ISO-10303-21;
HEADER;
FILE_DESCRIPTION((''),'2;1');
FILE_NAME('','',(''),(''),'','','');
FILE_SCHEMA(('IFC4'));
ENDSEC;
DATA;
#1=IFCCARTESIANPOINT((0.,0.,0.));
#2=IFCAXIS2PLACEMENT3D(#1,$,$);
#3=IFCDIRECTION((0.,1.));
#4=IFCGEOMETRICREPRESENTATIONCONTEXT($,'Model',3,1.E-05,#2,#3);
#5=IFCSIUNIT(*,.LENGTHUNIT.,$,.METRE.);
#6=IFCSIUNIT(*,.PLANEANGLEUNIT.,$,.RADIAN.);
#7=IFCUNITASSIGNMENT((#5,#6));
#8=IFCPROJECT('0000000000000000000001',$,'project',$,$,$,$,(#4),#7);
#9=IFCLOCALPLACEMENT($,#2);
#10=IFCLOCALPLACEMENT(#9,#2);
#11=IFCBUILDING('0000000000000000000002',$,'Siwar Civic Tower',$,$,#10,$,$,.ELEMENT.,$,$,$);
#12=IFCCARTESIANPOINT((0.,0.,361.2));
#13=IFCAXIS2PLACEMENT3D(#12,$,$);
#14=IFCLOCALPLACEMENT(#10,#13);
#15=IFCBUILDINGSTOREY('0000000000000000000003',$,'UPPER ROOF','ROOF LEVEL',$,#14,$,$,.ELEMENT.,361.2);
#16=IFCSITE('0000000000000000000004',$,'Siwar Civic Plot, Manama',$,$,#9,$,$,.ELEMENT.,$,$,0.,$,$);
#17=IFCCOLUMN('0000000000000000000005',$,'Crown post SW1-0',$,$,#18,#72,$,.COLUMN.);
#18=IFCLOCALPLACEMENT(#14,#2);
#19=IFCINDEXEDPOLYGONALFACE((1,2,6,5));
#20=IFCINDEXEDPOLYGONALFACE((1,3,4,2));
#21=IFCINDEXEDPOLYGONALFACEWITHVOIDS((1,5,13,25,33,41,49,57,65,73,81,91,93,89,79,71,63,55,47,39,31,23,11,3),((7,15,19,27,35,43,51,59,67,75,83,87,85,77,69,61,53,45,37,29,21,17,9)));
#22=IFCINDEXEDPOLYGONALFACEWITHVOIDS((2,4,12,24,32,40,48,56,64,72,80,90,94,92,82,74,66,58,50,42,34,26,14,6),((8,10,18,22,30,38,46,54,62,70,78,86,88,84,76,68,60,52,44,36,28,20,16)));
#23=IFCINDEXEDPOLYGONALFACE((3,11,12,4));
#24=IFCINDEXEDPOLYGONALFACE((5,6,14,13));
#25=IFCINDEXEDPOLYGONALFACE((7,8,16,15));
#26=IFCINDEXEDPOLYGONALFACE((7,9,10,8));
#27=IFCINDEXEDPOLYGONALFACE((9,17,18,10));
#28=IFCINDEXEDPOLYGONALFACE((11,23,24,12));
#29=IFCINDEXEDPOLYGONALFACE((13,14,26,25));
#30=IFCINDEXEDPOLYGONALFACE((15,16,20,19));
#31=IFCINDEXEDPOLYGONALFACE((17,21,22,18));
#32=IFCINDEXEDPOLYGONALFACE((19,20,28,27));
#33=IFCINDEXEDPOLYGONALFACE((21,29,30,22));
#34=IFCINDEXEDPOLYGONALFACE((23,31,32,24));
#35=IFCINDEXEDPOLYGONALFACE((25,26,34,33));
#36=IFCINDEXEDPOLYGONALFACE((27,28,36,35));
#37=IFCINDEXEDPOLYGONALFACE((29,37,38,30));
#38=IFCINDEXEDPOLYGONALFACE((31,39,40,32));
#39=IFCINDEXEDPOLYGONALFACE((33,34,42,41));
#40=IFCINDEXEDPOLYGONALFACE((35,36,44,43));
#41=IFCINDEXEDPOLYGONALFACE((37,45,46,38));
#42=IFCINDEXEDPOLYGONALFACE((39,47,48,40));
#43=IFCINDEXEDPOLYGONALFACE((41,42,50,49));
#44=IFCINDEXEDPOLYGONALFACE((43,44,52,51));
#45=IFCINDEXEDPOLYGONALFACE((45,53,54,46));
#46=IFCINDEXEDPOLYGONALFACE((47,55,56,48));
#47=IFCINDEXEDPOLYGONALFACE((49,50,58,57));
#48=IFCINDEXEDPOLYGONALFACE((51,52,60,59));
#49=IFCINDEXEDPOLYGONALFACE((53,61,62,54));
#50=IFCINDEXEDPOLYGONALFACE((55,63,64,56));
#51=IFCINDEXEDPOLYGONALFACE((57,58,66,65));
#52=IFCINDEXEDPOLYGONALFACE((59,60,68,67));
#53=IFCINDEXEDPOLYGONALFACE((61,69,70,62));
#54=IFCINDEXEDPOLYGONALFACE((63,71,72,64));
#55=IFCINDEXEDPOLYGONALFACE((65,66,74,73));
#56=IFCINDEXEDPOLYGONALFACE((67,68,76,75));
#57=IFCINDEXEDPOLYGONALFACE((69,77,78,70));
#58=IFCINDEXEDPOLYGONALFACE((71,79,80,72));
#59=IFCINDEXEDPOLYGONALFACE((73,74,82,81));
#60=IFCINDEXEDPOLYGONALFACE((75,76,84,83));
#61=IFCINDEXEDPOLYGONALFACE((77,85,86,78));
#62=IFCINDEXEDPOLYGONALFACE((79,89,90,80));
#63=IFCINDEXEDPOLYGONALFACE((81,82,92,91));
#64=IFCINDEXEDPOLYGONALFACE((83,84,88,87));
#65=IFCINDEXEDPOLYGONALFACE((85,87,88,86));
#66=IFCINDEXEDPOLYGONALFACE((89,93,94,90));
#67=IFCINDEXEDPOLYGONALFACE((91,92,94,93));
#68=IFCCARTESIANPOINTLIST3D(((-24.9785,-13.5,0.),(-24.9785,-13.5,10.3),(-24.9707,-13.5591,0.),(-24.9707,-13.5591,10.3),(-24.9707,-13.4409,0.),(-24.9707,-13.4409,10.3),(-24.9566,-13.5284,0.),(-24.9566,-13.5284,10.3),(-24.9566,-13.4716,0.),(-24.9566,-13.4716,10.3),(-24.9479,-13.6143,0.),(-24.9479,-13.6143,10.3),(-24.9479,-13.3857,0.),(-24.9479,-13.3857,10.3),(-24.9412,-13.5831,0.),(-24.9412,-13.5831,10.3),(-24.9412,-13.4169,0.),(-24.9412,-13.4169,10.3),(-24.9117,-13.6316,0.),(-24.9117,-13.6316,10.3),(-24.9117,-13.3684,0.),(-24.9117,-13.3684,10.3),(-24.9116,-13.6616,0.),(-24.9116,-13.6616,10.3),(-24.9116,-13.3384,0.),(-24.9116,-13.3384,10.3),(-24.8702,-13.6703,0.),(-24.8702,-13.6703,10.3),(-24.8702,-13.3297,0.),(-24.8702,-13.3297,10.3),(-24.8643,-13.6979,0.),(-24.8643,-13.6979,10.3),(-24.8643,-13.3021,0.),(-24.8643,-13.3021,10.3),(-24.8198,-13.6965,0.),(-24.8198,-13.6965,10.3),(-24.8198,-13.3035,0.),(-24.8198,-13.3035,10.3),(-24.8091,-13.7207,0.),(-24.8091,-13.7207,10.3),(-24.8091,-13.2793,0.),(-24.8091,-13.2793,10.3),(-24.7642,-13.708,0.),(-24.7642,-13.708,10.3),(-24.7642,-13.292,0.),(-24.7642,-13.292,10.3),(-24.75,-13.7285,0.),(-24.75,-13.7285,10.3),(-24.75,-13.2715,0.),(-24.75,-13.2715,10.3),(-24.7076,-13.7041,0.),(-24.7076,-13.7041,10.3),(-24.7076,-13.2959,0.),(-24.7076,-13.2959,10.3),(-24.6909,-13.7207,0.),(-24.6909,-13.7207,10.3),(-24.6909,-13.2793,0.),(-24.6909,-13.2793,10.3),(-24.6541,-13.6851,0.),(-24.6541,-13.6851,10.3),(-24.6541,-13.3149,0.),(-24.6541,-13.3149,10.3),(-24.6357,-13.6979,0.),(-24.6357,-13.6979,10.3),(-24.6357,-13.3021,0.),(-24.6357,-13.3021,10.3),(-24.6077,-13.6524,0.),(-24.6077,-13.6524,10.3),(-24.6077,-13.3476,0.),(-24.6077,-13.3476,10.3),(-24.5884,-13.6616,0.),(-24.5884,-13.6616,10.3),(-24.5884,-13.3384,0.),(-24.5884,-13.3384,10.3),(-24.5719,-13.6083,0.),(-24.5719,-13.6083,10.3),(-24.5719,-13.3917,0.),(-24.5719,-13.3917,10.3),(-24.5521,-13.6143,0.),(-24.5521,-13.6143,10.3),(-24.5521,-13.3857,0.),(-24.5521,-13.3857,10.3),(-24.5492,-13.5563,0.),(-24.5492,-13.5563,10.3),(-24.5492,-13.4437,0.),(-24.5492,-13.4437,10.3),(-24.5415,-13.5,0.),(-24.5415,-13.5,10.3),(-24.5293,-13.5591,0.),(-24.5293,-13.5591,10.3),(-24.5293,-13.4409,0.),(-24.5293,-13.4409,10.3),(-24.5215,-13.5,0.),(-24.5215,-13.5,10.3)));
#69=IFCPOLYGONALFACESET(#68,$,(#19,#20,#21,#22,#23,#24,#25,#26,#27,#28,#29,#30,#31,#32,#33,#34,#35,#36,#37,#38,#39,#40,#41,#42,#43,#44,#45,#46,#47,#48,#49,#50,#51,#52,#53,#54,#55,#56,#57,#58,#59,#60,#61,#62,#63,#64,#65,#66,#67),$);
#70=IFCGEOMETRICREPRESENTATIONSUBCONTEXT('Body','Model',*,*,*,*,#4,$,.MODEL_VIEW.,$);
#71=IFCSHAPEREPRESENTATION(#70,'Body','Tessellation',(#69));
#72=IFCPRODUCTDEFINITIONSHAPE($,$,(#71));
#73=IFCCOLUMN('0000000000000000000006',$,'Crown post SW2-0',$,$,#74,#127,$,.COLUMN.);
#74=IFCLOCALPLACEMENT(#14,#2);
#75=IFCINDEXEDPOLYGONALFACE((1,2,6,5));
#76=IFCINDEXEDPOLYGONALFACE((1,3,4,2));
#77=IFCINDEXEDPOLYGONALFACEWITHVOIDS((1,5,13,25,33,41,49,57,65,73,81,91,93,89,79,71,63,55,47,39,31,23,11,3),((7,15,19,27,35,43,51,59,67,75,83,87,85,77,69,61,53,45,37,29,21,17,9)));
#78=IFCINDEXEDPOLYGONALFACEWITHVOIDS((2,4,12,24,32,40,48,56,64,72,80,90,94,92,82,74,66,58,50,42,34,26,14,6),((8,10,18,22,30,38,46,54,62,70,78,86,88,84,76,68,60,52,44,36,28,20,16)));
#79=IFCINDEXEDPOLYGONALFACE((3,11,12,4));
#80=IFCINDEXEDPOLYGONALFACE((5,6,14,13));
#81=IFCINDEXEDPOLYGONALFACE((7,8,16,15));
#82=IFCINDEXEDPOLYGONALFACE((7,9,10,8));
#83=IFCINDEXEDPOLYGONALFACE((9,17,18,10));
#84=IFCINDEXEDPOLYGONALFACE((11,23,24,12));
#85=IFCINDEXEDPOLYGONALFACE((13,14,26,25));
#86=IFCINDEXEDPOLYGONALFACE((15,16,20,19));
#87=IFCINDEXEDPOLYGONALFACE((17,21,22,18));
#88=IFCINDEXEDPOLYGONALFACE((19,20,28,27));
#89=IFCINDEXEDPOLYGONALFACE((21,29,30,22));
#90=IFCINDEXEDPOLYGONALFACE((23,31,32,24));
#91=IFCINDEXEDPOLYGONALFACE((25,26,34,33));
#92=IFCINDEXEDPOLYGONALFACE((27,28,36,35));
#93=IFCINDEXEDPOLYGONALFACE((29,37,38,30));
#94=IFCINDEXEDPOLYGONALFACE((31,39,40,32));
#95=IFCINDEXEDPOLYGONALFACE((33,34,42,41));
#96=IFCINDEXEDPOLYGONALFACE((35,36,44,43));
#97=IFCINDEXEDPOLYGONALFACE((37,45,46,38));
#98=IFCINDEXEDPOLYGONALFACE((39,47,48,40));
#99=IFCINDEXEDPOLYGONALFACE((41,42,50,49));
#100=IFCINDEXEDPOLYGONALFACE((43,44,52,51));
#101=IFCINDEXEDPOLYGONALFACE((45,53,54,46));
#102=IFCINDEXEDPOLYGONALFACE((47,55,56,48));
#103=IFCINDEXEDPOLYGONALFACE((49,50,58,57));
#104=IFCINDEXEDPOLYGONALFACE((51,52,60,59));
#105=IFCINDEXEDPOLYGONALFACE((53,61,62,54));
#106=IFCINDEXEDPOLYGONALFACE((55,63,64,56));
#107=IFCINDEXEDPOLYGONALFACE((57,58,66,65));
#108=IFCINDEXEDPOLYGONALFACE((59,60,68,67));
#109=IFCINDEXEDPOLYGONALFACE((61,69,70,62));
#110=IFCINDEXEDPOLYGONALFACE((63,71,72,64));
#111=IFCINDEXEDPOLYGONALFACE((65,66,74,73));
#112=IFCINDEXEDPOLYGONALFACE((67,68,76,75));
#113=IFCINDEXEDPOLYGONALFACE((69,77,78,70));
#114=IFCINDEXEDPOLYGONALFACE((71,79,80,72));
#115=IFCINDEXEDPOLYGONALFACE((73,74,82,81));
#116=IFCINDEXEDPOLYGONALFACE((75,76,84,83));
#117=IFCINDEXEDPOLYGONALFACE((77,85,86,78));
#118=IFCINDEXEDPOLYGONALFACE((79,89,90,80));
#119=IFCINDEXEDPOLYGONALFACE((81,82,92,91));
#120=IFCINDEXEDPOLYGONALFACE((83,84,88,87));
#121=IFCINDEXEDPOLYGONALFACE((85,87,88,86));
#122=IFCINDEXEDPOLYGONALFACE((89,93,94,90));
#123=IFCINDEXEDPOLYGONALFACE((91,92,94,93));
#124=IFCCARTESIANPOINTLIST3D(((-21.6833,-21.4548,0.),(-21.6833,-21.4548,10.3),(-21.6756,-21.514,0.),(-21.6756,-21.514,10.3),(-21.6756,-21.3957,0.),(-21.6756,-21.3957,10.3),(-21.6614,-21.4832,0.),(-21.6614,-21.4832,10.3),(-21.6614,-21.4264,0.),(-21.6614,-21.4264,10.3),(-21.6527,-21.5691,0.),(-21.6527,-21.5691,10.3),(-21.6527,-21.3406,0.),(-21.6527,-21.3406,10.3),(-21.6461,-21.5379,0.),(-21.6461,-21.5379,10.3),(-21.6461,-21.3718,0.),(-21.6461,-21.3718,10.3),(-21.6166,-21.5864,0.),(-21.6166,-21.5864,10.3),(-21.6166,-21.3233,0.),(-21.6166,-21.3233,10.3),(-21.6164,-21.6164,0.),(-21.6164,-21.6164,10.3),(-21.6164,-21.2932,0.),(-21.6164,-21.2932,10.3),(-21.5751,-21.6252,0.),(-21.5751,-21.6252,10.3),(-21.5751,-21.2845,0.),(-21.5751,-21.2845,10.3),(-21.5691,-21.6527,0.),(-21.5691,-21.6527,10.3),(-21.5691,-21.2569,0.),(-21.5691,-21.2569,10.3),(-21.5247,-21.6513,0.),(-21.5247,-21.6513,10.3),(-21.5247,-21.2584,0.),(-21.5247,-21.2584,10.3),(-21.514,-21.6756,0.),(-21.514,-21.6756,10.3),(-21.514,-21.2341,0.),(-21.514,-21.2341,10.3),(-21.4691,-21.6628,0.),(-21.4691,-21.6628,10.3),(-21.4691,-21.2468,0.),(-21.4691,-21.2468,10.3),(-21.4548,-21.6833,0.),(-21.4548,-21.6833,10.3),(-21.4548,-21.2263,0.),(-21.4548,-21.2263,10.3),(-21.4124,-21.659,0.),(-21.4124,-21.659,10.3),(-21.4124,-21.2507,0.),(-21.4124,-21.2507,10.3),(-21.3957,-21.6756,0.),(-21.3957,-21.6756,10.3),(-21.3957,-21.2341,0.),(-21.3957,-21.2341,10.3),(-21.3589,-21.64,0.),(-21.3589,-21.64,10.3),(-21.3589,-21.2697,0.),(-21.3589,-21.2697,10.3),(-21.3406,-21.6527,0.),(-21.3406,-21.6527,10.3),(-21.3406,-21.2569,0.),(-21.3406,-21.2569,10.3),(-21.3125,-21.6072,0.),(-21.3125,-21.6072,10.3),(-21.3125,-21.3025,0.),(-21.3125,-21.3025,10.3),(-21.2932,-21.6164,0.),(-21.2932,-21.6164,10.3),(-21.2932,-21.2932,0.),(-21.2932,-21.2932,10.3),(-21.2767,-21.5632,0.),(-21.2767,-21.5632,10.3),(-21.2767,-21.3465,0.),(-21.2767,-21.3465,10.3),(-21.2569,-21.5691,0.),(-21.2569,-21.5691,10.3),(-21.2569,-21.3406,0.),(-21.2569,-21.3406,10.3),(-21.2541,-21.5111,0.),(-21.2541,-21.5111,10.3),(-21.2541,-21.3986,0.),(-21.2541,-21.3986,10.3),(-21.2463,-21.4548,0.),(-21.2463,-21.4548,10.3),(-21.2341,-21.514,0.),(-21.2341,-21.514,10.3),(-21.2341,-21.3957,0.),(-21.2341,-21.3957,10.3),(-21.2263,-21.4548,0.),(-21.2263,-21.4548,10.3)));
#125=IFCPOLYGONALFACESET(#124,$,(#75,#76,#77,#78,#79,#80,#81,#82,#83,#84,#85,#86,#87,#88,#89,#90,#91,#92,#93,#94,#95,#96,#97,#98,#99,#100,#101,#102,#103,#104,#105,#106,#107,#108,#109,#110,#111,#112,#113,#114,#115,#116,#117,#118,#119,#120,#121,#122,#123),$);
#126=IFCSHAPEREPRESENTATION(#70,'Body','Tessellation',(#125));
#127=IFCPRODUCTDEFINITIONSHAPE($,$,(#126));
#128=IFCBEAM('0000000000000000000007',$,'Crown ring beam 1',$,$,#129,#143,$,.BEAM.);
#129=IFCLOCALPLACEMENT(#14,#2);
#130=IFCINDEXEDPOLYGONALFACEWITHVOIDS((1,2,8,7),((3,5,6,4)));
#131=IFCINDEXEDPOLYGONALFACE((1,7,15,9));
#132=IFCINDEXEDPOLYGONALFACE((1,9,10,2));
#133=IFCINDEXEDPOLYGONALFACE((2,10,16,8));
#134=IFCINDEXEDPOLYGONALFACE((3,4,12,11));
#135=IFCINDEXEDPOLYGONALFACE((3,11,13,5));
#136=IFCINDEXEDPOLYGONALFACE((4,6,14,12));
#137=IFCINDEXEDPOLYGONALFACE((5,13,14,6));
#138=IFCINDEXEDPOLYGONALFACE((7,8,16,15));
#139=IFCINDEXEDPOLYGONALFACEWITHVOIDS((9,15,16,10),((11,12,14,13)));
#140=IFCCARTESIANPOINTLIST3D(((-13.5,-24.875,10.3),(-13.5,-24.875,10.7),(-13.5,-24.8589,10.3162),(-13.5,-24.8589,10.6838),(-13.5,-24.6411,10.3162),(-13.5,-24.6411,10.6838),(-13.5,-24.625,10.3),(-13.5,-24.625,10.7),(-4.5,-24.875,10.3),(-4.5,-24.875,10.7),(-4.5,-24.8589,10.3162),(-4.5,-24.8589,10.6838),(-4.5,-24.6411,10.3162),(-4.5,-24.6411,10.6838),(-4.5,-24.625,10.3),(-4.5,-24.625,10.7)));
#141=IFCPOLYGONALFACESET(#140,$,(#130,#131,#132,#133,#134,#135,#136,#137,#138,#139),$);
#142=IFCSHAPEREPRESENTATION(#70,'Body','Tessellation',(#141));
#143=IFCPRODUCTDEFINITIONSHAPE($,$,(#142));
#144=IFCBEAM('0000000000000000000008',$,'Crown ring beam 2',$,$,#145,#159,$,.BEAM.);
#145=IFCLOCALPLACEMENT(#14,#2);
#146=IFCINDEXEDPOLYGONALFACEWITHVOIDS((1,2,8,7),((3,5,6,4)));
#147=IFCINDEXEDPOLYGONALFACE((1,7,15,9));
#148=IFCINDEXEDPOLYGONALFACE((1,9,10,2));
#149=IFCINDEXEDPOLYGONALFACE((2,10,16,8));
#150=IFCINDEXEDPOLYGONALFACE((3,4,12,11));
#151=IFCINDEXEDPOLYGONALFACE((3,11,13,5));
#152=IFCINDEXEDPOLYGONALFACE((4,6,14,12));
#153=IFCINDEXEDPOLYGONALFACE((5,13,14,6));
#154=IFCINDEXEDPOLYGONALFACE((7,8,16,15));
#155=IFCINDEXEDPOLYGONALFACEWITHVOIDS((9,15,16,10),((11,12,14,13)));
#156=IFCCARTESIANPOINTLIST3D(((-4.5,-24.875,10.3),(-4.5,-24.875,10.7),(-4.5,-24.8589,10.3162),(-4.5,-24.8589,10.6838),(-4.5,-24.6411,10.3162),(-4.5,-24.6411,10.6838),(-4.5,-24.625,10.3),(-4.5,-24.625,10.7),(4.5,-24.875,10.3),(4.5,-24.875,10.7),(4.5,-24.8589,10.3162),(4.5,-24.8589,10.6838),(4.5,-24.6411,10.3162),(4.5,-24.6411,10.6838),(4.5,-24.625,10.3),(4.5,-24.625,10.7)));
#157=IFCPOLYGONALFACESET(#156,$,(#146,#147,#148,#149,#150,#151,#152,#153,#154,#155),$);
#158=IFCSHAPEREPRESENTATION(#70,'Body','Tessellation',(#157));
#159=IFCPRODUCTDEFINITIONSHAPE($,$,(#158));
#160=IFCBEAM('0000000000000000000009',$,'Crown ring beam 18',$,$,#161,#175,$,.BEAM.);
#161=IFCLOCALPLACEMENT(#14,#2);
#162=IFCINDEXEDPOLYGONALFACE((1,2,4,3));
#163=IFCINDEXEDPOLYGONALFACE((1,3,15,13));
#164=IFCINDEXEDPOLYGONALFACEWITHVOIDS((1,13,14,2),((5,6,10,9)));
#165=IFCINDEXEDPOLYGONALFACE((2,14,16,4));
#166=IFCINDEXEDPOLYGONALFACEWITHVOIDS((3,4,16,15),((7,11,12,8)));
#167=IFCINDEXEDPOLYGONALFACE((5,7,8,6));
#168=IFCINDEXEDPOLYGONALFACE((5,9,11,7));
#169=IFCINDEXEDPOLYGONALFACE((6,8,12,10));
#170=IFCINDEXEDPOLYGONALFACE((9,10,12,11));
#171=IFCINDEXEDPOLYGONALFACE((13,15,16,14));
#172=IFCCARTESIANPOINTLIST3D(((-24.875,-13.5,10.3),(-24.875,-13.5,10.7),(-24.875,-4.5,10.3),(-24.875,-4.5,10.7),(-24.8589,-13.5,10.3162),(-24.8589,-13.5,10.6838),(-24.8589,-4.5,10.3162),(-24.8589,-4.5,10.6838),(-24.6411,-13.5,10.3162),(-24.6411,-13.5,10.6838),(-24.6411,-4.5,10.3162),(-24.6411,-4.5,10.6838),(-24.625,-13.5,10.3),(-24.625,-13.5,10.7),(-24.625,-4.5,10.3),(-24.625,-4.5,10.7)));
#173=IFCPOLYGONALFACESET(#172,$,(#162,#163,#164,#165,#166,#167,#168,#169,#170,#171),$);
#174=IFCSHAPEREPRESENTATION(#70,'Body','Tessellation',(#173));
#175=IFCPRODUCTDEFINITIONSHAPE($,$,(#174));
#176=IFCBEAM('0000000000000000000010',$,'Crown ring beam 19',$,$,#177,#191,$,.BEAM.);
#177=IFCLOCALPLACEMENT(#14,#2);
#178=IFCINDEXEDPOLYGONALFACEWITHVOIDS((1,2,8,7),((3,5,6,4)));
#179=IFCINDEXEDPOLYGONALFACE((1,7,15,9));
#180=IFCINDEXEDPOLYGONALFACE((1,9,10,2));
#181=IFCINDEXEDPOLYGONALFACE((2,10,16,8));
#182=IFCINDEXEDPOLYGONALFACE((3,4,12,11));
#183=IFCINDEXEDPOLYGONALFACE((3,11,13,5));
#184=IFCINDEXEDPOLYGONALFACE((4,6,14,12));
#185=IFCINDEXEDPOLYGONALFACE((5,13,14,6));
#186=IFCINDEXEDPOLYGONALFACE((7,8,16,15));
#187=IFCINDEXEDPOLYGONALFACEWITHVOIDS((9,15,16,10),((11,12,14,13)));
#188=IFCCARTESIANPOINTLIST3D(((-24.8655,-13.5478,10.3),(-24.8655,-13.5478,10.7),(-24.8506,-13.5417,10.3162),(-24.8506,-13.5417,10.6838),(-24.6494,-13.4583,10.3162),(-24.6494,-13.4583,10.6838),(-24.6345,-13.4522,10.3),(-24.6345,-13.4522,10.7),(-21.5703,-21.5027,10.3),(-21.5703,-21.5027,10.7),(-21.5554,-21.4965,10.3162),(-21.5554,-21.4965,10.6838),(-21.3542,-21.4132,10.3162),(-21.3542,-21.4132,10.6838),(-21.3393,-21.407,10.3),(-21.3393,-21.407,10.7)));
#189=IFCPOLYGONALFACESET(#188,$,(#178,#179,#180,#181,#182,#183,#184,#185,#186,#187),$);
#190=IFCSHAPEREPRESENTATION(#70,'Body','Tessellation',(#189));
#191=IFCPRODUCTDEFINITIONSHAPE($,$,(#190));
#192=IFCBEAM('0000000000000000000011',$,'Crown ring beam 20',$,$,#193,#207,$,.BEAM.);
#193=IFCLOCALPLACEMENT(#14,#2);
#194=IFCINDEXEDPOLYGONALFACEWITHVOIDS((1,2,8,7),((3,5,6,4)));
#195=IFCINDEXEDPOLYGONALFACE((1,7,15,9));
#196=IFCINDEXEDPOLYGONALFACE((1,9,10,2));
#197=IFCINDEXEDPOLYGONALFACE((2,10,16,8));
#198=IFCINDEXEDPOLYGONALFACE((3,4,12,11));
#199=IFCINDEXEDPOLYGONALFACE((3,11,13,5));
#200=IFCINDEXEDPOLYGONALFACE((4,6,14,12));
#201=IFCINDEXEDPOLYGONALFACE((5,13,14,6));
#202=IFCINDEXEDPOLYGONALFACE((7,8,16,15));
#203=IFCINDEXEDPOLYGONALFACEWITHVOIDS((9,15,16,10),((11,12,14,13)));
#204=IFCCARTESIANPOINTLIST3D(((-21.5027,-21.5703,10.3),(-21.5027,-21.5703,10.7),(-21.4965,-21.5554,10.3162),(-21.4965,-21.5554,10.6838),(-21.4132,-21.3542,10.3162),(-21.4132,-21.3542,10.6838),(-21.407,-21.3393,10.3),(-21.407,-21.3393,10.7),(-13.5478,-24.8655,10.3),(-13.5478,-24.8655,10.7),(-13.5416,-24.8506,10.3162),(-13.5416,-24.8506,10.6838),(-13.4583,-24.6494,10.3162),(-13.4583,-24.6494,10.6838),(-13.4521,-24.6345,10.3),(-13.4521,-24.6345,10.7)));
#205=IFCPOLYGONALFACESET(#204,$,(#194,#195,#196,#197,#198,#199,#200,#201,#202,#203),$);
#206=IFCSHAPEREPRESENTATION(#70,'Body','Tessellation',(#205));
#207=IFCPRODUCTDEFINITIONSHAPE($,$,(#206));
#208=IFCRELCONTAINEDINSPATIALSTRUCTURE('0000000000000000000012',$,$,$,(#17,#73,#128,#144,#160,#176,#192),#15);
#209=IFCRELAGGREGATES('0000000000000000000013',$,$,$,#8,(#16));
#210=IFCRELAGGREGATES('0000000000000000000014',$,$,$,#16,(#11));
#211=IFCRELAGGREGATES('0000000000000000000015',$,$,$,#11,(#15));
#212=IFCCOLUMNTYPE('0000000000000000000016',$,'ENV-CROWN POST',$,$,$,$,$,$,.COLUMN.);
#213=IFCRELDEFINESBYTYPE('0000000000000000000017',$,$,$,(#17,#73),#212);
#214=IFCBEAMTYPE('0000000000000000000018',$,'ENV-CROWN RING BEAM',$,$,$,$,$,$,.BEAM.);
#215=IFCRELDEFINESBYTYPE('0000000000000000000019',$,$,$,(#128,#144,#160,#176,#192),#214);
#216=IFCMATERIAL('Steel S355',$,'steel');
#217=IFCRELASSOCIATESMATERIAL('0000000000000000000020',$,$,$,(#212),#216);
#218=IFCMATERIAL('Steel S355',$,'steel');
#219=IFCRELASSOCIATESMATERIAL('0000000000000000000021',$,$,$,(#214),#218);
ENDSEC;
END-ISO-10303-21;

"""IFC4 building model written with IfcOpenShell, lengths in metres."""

from ifc_helpers import new_model, si_unit, direction, frame, origin, origin_2d, place, context, subcontext, project, spatial, hollow_rectangle, hollow_circle, extrude, material, material_profile, profile_set, type_object, element, save


model = new_model("IFC4")

# Units and contexts
model_context = context("Model", 3, precision=1e-05, world=origin(), true_north=direction((0.0, 1.0)))
body_context = subcontext(model_context, "Body", "Model", "MODEL_VIEW")
ifc_project = project(units=[si_unit("LENGTHUNIT", "METRE"), si_unit("PLANEANGLEUNIT", "RADIAN")], contexts=[model_context])

# Site, building, storey
site_placement = place(None, origin())
site = spatial("IfcSite", under=ifc_project, at=site_placement, Name="Siwar Civic Plot, Manama", CompositionType="ELEMENT", RefElevation=0.0)
building_placement = place(site_placement, origin())
building = spatial("IfcBuilding", under=site, at=building_placement, Name="Siwar Civic Tower", CompositionType="ELEMENT")
storey_placement = place(building_placement, frame((0.0, 0.0, 361.2)))
storey = spatial("IfcBuildingStorey", under=building, at=storey_placement, Name="UPPER ROOF", Description="ROOF LEVEL", CompositionType="ELEMENT", Elevation=361.2)

# Columns
ifc_material_1 = material(Name="Steel S355", Category="steel")
ifc_material_profile_1 = material_profile(ifc_material_1, hollow_circle(Radius=0.2285, WallThickness=0.02, at=origin_2d()), Name="CHS457x20")
ifc_profile_set_1 = profile_set([ifc_material_profile_1], Name="Steel S355")
column_type = type_object("IfcColumnType", Name="ENV-CROWN POST", PredefinedType="COLUMN", material=ifc_profile_set_1)
for number, where, z_axis, x_axis, name in (
    (1, (-24.75, -13.5, 0.0), (0.0, 0.0, 1.0), (1.0, 0.0, 0.0), "Crown post SW1-0"),
    (2, (-21.4548, -21.4548, 0.0), (0.0, 0.0, 1.0), (1.0, 0.0, 0.0), "Crown post SW2-0"),
):
    element("IfcColumn", number, at=place(storey_placement, frame(where, z_axis=z_axis, x_axis=x_axis)), inside=storey, type_object=column_type, Name=name, PredefinedType="COLUMN", context=body_context, shape_type="SweptSolid", body=[
        extrude(hollow_circle(Radius=0.2285, WallThickness=0.02, at=origin_2d()), origin(), (0.0, 0.0, 1.0), 10.3),
    ])

# Beams
ifc_material_2 = material(Name="Steel S355", Category="steel")
ifc_material_profile_2 = material_profile(ifc_material_2, hollow_rectangle(XDim=0.25, YDim=0.3999, WallThickness=0.0161, at=origin_2d()), Name="RHS400x250x16")
ifc_profile_set_2 = profile_set([ifc_material_profile_2], Name="Steel S355")
beam_type = type_object("IfcBeamType", Name="ENV-CROWN RING BEAM", PredefinedType="BEAM", material=ifc_profile_set_2)
for number, where, z_axis, x_axis, name in (
    (3, (-13.5, -24.75, 10.5), (1.0, 0.0, 0.0), (0.0, 1.0, 0.0), "Crown ring beam 1"),
    (4, (-4.5, -24.75, 10.5), (1.0, 0.0, 0.0), (0.0, 1.0, 0.0), "Crown ring beam 2"),
    (5, (-24.75, -4.5, 10.5), (0.0, -1.0, 0.0), (1.0, 0.0, 0.0), "Crown ring beam 18"),
):
    element("IfcBeam", number, at=place(storey_placement, frame(where, z_axis=z_axis, x_axis=x_axis)), inside=storey, type_object=beam_type, Name=name, PredefinedType="BEAM", context=body_context, shape_type="SweptSolid", body=[
        extrude(hollow_rectangle(XDim=0.25, YDim=0.3999, WallThickness=0.0161, at=origin_2d()), origin(), (0.0, 0.0, 1.0), 9.0),
    ])
for number, where, z_axis, x_axis, name in (
    (6, (-24.75, -13.5, 10.5), (0.3827, -0.923873, 0.0), (0.923873, 0.3827, 0.0), "Crown ring beam 19"),
    (7, (-21.4548, -21.4548, 10.5), (0.923873, -0.3827, 0.0), (0.3827, 0.923873, 0.0), "Crown ring beam 20"),
):
    element("IfcBeam", number, at=place(storey_placement, frame(where, z_axis=z_axis, x_axis=x_axis)), inside=storey, type_object=beam_type, Name=name, PredefinedType="BEAM", context=body_context, shape_type="SweptSolid", body=[
        extrude(hollow_rectangle(XDim=0.25, YDim=0.3999, WallThickness=0.0161, at=origin_2d()), origin(), (0.0, 0.0, 1.0), 8.6104),
    ])

save(model, "model.ifc")
